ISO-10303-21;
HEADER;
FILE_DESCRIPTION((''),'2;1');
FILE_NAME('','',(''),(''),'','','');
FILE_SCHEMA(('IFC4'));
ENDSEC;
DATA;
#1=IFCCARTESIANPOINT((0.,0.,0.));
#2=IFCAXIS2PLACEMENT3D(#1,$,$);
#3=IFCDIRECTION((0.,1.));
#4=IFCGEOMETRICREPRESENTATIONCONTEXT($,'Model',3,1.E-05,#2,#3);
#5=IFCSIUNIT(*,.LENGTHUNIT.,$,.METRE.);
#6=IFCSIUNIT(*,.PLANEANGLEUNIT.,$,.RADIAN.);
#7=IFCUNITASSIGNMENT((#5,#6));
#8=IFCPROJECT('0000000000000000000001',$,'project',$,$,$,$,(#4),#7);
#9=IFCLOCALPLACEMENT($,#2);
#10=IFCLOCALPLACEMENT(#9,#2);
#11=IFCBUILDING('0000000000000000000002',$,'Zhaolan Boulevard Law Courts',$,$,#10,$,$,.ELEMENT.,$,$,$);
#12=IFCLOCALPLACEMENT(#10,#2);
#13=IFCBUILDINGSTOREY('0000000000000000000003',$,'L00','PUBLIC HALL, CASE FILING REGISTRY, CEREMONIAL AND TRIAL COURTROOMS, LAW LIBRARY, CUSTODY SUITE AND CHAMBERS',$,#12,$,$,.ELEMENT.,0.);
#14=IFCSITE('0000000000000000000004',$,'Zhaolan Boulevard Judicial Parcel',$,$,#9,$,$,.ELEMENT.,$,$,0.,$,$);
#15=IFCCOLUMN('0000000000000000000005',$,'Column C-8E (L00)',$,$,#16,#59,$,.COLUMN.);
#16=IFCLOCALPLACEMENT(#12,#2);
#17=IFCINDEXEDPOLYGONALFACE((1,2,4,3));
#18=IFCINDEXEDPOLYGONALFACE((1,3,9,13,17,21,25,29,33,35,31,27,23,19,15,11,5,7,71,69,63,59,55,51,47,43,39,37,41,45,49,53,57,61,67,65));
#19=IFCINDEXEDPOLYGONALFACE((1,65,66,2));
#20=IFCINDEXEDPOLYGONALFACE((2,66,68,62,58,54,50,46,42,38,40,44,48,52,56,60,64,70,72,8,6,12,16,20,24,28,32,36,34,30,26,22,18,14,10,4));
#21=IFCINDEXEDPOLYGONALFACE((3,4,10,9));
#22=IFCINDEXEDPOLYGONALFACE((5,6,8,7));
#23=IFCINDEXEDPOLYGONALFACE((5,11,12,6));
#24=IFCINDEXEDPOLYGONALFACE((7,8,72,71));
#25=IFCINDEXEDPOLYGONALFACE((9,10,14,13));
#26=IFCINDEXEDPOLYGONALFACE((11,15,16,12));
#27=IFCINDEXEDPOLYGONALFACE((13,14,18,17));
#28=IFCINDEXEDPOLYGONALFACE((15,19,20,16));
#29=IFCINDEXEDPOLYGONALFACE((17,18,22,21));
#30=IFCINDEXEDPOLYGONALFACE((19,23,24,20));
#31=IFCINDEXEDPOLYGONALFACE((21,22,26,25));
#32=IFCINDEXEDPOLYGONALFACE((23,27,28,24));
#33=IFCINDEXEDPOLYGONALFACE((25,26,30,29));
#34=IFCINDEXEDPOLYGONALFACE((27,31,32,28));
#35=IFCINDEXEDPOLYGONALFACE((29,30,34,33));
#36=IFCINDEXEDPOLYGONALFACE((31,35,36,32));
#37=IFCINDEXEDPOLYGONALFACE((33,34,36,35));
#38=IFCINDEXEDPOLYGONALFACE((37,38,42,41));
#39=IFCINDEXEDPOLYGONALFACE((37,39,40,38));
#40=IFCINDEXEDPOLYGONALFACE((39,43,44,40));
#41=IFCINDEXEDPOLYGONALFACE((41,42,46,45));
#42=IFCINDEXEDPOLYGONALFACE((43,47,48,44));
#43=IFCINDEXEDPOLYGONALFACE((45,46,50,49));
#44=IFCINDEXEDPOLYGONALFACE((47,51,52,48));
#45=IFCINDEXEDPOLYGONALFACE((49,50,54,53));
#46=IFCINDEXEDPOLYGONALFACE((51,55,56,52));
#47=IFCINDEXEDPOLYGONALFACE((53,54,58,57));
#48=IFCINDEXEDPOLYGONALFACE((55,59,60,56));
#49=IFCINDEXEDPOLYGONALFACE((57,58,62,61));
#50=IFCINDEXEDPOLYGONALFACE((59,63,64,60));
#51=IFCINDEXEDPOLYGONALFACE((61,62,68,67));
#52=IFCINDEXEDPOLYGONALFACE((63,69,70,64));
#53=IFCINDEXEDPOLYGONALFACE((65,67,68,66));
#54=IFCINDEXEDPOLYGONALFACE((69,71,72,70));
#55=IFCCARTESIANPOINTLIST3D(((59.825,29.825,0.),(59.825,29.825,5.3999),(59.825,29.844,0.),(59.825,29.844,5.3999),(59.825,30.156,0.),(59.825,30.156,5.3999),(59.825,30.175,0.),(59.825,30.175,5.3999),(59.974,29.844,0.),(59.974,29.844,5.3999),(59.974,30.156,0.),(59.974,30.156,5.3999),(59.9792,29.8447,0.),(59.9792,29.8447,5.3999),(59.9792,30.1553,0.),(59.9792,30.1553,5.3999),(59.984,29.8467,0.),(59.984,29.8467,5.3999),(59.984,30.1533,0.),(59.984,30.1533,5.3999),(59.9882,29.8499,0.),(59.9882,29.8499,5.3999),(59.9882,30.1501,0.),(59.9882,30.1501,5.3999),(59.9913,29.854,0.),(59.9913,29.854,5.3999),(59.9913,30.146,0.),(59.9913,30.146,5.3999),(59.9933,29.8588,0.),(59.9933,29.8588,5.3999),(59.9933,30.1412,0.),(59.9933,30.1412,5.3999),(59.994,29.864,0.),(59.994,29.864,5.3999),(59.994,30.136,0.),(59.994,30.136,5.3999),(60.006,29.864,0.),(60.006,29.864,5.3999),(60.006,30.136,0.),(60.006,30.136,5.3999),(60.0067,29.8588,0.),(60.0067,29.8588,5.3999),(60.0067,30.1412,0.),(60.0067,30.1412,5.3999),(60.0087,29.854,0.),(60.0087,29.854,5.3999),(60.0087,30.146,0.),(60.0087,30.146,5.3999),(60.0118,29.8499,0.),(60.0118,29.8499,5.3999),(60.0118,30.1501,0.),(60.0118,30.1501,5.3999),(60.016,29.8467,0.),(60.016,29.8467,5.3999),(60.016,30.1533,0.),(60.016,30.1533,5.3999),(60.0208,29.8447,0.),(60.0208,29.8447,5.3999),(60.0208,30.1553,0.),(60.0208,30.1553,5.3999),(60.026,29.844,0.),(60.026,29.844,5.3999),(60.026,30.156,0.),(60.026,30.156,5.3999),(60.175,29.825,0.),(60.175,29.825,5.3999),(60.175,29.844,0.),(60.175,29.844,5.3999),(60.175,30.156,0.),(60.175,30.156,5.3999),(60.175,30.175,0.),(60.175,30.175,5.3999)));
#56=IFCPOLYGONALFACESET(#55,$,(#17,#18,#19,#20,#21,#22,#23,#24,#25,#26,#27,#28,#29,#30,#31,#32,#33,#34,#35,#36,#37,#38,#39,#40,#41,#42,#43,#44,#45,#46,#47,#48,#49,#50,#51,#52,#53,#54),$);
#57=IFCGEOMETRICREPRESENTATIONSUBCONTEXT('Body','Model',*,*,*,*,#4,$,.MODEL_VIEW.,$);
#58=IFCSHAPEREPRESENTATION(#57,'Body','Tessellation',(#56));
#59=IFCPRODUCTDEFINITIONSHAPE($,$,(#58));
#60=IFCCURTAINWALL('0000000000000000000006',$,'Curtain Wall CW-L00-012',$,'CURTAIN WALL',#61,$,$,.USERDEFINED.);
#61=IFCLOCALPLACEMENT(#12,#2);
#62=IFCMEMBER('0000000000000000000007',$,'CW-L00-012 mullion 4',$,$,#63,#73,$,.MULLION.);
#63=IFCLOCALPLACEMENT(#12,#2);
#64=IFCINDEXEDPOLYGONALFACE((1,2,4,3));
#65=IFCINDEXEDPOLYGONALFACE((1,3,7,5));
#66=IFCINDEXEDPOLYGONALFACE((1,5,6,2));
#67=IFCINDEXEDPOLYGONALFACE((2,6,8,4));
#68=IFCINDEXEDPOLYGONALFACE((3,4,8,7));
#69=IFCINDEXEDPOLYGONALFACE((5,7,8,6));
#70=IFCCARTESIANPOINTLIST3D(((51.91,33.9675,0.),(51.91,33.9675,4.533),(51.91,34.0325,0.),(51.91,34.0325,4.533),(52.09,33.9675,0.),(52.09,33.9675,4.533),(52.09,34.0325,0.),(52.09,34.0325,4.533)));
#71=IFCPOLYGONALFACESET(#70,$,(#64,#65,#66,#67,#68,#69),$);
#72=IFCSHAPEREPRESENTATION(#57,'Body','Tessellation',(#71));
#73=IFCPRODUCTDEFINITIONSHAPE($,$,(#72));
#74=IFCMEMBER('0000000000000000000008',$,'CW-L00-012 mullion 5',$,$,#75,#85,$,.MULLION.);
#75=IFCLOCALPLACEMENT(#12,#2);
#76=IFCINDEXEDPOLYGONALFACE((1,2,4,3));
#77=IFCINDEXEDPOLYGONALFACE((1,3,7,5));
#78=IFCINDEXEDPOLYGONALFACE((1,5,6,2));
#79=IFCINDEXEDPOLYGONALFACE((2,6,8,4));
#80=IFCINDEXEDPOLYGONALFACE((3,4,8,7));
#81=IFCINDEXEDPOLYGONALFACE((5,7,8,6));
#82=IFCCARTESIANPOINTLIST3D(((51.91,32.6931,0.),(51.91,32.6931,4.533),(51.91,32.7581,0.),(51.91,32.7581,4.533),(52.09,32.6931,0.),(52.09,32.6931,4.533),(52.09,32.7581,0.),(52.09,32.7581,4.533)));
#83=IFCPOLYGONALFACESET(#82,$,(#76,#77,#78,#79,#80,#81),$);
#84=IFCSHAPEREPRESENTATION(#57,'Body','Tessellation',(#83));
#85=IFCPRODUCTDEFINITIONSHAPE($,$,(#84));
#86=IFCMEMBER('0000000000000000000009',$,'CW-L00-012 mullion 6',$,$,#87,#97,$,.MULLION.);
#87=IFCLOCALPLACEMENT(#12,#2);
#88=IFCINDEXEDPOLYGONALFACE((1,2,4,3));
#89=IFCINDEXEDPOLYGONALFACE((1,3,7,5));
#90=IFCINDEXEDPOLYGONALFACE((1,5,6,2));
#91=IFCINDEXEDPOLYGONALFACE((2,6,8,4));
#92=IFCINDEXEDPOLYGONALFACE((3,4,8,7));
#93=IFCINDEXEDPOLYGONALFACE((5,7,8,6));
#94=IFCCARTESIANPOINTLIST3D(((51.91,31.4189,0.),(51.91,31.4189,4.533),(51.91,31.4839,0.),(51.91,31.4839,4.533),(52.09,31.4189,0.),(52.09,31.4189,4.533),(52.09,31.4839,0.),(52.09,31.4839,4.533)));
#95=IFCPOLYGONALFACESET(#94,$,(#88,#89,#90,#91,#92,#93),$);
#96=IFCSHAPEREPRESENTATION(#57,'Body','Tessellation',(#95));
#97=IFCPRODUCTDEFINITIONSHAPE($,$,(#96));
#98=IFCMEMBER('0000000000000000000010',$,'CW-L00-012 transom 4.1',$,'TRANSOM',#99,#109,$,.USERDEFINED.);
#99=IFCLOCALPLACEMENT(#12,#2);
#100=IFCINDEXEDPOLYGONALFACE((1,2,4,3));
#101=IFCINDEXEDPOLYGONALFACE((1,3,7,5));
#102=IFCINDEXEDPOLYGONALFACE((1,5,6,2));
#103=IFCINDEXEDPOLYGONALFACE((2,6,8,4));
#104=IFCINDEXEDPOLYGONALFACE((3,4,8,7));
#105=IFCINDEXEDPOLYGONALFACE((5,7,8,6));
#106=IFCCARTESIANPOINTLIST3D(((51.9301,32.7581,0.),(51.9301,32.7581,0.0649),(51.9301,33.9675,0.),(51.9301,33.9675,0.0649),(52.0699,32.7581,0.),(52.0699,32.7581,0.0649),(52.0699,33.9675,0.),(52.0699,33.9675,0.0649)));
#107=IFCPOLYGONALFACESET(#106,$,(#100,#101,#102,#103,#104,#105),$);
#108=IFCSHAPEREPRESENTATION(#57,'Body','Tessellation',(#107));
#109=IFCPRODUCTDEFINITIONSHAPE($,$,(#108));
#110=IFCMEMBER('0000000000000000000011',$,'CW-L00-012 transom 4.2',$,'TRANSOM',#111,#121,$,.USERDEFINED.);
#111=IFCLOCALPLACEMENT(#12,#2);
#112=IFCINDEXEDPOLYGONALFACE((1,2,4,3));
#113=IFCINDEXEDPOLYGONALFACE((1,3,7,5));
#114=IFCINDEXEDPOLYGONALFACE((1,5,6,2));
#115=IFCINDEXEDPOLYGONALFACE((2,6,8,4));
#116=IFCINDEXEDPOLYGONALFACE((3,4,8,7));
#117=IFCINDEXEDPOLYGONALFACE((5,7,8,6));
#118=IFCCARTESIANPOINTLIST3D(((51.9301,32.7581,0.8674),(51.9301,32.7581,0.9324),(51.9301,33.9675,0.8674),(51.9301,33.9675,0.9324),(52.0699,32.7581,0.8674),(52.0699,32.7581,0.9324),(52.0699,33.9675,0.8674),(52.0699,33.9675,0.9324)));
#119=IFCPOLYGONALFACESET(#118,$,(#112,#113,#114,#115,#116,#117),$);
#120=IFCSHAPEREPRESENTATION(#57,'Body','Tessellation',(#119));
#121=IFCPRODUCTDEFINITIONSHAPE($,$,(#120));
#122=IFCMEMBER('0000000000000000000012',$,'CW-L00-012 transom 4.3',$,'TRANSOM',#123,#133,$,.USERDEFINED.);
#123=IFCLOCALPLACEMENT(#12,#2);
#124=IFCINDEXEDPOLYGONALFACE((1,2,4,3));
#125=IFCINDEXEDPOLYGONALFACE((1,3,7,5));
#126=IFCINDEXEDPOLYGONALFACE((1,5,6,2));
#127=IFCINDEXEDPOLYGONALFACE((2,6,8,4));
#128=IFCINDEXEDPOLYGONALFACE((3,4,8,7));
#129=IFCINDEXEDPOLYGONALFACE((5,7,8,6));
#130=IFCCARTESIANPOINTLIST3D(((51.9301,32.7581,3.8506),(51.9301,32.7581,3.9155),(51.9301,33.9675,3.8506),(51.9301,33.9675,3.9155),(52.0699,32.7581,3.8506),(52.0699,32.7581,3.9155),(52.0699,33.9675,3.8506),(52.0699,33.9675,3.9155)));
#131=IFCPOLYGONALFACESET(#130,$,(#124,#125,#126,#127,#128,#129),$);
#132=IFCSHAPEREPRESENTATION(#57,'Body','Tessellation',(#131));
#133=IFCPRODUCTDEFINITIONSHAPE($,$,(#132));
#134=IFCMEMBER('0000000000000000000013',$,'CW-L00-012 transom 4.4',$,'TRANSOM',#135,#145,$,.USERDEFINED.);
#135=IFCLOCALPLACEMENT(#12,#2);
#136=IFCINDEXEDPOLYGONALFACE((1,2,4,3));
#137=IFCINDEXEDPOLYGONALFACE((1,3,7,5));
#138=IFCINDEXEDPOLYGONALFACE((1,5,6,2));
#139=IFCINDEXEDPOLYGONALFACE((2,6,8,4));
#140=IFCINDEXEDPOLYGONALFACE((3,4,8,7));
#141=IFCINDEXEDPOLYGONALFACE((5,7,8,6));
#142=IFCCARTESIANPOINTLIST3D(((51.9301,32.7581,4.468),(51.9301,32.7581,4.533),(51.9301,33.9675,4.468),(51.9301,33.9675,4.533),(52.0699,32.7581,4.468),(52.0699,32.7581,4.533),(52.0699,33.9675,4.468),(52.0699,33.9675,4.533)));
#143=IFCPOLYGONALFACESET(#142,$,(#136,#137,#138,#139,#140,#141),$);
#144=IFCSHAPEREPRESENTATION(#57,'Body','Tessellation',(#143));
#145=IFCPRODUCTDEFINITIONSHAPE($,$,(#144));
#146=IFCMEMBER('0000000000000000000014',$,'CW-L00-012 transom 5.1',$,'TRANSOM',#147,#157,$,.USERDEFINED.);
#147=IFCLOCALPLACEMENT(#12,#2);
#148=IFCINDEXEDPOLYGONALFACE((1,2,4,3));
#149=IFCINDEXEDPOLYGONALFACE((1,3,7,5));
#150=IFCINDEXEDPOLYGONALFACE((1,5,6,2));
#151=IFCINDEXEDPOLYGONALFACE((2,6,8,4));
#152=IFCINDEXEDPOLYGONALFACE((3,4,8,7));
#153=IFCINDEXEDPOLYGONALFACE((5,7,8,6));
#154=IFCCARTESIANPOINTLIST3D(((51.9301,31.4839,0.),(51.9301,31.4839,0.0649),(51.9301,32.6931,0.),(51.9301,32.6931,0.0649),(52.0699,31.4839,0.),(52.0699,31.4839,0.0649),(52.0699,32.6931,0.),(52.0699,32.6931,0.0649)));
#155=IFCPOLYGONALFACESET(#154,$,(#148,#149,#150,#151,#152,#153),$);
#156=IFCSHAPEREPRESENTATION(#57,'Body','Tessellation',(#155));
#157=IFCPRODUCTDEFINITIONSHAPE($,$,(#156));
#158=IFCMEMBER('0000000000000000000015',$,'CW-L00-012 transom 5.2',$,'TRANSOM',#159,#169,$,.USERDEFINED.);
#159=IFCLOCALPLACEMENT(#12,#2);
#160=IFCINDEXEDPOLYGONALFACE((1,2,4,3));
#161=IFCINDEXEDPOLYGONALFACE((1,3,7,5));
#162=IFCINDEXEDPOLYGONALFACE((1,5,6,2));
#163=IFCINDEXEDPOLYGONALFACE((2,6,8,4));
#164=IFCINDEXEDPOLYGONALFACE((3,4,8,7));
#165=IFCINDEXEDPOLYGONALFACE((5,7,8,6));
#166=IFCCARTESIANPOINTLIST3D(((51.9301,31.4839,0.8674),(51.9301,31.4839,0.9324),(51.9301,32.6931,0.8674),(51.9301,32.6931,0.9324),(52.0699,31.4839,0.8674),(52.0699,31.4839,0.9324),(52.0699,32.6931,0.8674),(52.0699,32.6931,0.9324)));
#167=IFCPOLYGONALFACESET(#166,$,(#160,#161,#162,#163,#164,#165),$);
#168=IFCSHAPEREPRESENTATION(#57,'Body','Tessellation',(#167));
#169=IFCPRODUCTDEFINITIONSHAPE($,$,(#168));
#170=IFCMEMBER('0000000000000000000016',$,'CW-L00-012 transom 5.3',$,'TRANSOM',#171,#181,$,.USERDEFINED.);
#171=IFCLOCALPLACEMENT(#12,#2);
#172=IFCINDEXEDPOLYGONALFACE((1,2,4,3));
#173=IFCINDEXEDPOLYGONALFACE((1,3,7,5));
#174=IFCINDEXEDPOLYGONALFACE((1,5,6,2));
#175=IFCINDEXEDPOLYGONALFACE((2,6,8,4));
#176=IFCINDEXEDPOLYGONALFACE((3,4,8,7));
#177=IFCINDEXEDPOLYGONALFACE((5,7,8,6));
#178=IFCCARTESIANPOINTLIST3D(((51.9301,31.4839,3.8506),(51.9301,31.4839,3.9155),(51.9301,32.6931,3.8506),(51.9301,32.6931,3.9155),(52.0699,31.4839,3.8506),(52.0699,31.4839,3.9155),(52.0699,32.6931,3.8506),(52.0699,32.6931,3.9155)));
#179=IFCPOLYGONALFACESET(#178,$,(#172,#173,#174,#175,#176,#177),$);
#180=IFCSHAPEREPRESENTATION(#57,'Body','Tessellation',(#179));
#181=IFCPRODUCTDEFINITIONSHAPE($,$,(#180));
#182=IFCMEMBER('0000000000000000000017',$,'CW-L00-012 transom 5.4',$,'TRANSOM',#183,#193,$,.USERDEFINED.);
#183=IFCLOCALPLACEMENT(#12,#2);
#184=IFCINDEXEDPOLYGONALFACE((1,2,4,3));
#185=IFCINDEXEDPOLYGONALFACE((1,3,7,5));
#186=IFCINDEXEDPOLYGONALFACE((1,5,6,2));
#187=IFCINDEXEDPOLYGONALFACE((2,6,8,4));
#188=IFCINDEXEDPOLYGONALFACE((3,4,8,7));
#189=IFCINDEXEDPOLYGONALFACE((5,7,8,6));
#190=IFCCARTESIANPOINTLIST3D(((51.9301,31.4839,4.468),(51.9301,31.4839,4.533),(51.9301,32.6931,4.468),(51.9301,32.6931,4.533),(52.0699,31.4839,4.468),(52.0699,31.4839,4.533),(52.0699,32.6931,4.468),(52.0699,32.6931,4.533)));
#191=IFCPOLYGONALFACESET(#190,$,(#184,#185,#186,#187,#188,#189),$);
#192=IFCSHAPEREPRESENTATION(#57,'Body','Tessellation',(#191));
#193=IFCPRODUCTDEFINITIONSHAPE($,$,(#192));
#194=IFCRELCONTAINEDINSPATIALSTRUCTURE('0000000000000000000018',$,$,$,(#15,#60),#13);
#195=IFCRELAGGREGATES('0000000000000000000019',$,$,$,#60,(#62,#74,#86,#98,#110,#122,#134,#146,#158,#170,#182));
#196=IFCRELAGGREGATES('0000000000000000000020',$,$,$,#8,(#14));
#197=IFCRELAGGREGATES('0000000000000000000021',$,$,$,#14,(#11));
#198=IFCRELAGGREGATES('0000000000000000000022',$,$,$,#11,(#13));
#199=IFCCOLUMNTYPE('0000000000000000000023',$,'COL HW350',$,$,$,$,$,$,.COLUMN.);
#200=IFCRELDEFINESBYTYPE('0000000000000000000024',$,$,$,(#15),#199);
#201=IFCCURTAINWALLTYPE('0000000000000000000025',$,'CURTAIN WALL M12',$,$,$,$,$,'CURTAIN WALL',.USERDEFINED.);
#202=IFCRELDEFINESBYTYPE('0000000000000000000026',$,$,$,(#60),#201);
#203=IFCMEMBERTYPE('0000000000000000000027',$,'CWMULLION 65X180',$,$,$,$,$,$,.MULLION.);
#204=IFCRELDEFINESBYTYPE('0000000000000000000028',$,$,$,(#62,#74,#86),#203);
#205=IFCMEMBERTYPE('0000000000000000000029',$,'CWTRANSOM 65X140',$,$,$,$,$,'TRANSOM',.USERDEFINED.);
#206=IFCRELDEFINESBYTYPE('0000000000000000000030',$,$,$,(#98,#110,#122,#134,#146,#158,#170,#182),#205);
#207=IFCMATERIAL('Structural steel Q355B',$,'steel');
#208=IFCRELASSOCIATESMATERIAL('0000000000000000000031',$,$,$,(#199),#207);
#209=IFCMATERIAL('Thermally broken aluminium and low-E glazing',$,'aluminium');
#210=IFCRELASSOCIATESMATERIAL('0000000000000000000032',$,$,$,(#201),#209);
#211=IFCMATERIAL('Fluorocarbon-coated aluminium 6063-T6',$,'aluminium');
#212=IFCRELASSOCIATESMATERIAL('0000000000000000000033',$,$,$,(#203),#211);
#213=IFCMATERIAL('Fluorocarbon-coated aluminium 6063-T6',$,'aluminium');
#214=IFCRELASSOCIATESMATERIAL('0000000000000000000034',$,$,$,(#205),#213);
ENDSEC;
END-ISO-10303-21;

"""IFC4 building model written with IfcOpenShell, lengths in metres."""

from ifc_helpers import new_model, si_unit, direction, frame, origin, origin_2d, place, context, subcontext, project, spatial, rectangle, i_section, extrude, material, material_profile, profile_set, type_object, element, aggregate, save


model = new_model("IFC4")

# Units and contexts
model_context = context("Model", 3, precision=1e-05, world=origin(), true_north=direction((0.0, 1.0)))
body_context = subcontext(model_context, "Body", "Model", "MODEL_VIEW")
ifc_project = project(units=[si_unit("LENGTHUNIT", "METRE"), si_unit("PLANEANGLEUNIT", "RADIAN")], contexts=[model_context])

# Site, building, storey
site_placement = place(None, origin())
site = spatial("IfcSite", under=ifc_project, at=site_placement, Name="Zhaolan Boulevard Judicial Parcel", CompositionType="ELEMENT", RefElevation=0.0)
building_placement = place(site_placement, origin())
building = spatial("IfcBuilding", under=site, at=building_placement, Name="Zhaolan Boulevard Law Courts", CompositionType="ELEMENT")
storey_placement = place(building_placement, origin())
storey = spatial("IfcBuildingStorey", under=building, at=storey_placement, Name="L00", Description="PUBLIC HALL, CASE FILING REGISTRY, CEREMONIAL AND TRIAL COURTROOMS, LAW LIBRARY, CUSTODY SUITE AND CHAMBERS", CompositionType="ELEMENT", Elevation=0.0)

# Column
ifc_material_1 = material(Name="Structural steel Q355B", Category="steel")
ifc_material_profile_1 = material_profile(ifc_material_1, i_section(OverallWidth=0.3501, OverallDepth=0.3501, WebThickness=0.012, FlangeThickness=0.019, FilletRadius=0.02, at=origin_2d()), Name="HW350x350")
ifc_profile_set_1 = profile_set([ifc_material_profile_1], Name="Structural steel Q355B")
column_type = type_object("IfcColumnType", Name="COL HW350", PredefinedType="COLUMN", material=ifc_profile_set_1)
column_placement = place(storey_placement, frame((60.0, 30.0, 0.0), z_axis=(0.0, 0.0, 1.0), x_axis=(1.0, 0.0, 0.0)))
element("IfcColumn", 1, at=column_placement, inside=storey, type_object=column_type, Name="Column C-8E (L00)", PredefinedType="COLUMN", context=body_context, shape_type="SweptSolid", body=[
    extrude(i_section(OverallWidth=0.3501, OverallDepth=0.3501, WebThickness=0.012, FlangeThickness=0.019, FilletRadius=0.02, at=origin_2d()), origin(), (0.0, 0.0, 1.0), 5.3999),
])

# Curtain wall, members
ifc_material_2 = material(Name="Thermally broken aluminium and low-E glazing", Category="aluminium")
curtain_wall_type = type_object("IfcCurtainWallType", Name="CURTAIN WALL M12", ElementType="CURTAIN WALL", PredefinedType="USERDEFINED", material=ifc_material_2)
curtain_wall_placement = place(storey_placement, origin())
curtain_wall = element("IfcCurtainWall", 2, at=curtain_wall_placement, inside=storey, type_object=curtain_wall_type, Name="Curtain Wall CW-L00-012", ObjectType="CURTAIN WALL", PredefinedType="USERDEFINED")
ifc_material_3 = material(Name="Fluorocarbon-coated aluminium 6063-T6", Category="aluminium")
ifc_material_profile_2 = material_profile(ifc_material_3, rectangle(XDim=0.1799, YDim=0.0649, at=origin_2d()), Name="AL65x180")
ifc_profile_set_2 = profile_set([ifc_material_profile_2], Name="Fluorocarbon-coated aluminium 6063-T6")
member_type_1 = type_object("IfcMemberType", Name="CWMULLION 65X180", PredefinedType="MULLION", material=ifc_profile_set_2)
member_1_placement = place(storey_placement, frame((52.0, 34.0, 0.0), z_axis=(0.0, 0.0, 1.0), x_axis=(1.0, 0.0, 0.0)))
member_1 = element("IfcMember", 3, at=member_1_placement, type_object=member_type_1, Name="CW-L00-012 mullion 4", PredefinedType="MULLION", context=body_context, shape_type="SweptSolid", body=[
    extrude(rectangle(XDim=0.1799, YDim=0.0649, at=origin_2d()), origin(), (0.0, 0.0, 1.0), 4.533),
])
member_2_placement = place(storey_placement, frame((52.0, 32.7256, 0.0), z_axis=(0.0, 0.0, 1.0), x_axis=(1.0, 0.0, 0.0)))
member_2 = element("IfcMember", 4, at=member_2_placement, type_object=member_type_1, Name="CW-L00-012 mullion 5", PredefinedType="MULLION", context=body_context, shape_type="SweptSolid", body=[
    extrude(rectangle(XDim=0.1799, YDim=0.0649, at=origin_2d()), origin(), (0.0, 0.0, 1.0), 4.533),
])
member_3_placement = place(storey_placement, frame((52.0, 31.4514, 0.0), z_axis=(0.0, 0.0, 1.0), x_axis=(1.0, 0.0, 0.0)))
member_3 = element("IfcMember", 5, at=member_3_placement, type_object=member_type_1, Name="CW-L00-012 mullion 6", PredefinedType="MULLION", context=body_context, shape_type="SweptSolid", body=[
    extrude(rectangle(XDim=0.1799, YDim=0.0649, at=origin_2d()), origin(), (0.0, 0.0, 1.0), 4.533),
])
ifc_material_4 = material(Name="Fluorocarbon-coated aluminium 6063-T6", Category="aluminium")
ifc_material_profile_3 = material_profile(ifc_material_4, rectangle(XDim=0.1399, YDim=0.0649, at=origin_2d()), Name="AL65x140")
ifc_profile_set_3 = profile_set([ifc_material_profile_3], Name="Fluorocarbon-coated aluminium 6063-T6")
member_type_2 = type_object("IfcMemberType", Name="CWTRANSOM 65X140", ElementType="TRANSOM", PredefinedType="USERDEFINED", material=ifc_profile_set_3)
member_4_placement = place(storey_placement, frame((52.0, 33.9675, 0.0325), z_axis=(0.0, -1.0, 0.0), x_axis=(1.0, 0.0, 0.0)))
member_4 = element("IfcMember", 6, at=member_4_placement, type_object=member_type_2, Name="CW-L00-012 transom 4.1", ObjectType="TRANSOM", PredefinedType="USERDEFINED", context=body_context, shape_type="SweptSolid", body=[
    extrude(rectangle(XDim=0.1399, YDim=0.0649, at=origin_2d()), origin(), (0.0, 0.0, 1.0), 1.2095),
])
member_5_placement = place(storey_placement, frame((52.0, 33.9675, 0.8999), z_axis=(0.0, -1.0, 0.0), x_axis=(1.0, 0.0, 0.0)))
member_5 = element("IfcMember", 7, at=member_5_placement, type_object=member_type_2, Name="CW-L00-012 transom 4.2", ObjectType="TRANSOM", PredefinedType="USERDEFINED", context=body_context, shape_type="SweptSolid", body=[
    extrude(rectangle(XDim=0.1399, YDim=0.0649, at=origin_2d()), origin(), (0.0, 0.0, 1.0), 1.2095),
])
member_6_placement = place(storey_placement, frame((52.0, 33.9675, 3.8831), z_axis=(0.0, -1.0, 0.0), x_axis=(1.0, 0.0, 0.0)))
member_6 = element("IfcMember", 8, at=member_6_placement, type_object=member_type_2, Name="CW-L00-012 transom 4.3", ObjectType="TRANSOM", PredefinedType="USERDEFINED", context=body_context, shape_type="SweptSolid", body=[
    extrude(rectangle(XDim=0.1399, YDim=0.0649, at=origin_2d()), origin(), (0.0, 0.0, 1.0), 1.2095),
])
member_7_placement = place(storey_placement, frame((52.0, 33.9675, 4.5005), z_axis=(0.0, -1.0, 0.0), x_axis=(1.0, 0.0, 0.0)))
member_7 = element("IfcMember", 9, at=member_7_placement, type_object=member_type_2, Name="CW-L00-012 transom 4.4", ObjectType="TRANSOM", PredefinedType="USERDEFINED", context=body_context, shape_type="SweptSolid", body=[
    extrude(rectangle(XDim=0.1399, YDim=0.0649, at=origin_2d()), origin(), (0.0, 0.0, 1.0), 1.2095),
])
member_8_placement = place(storey_placement, frame((52.0, 32.6931, 0.0325), z_axis=(0.0, -1.0, 0.0), x_axis=(1.0, 0.0, 0.0)))
member_8 = element("IfcMember", 10, at=member_8_placement, type_object=member_type_2, Name="CW-L00-012 transom 5.1", ObjectType="TRANSOM", PredefinedType="USERDEFINED", context=body_context, shape_type="SweptSolid", body=[
    extrude(rectangle(XDim=0.1399, YDim=0.0649, at=origin_2d()), origin(), (0.0, 0.0, 1.0), 1.2092),
])
member_9_placement = place(storey_placement, frame((52.0, 32.6931, 0.8999), z_axis=(0.0, -1.0, 0.0), x_axis=(1.0, 0.0, 0.0)))
member_9 = element("IfcMember", 11, at=member_9_placement, type_object=member_type_2, Name="CW-L00-012 transom 5.2", ObjectType="TRANSOM", PredefinedType="USERDEFINED", context=body_context, shape_type="SweptSolid", body=[
    extrude(rectangle(XDim=0.1399, YDim=0.0649, at=origin_2d()), origin(), (0.0, 0.0, 1.0), 1.2092),
])
member_10_placement = place(storey_placement, frame((52.0, 32.6931, 3.8831), z_axis=(0.0, -1.0, 0.0), x_axis=(1.0, 0.0, 0.0)))
member_10 = element("IfcMember", 12, at=member_10_placement, type_object=member_type_2, Name="CW-L00-012 transom 5.3", ObjectType="TRANSOM", PredefinedType="USERDEFINED", context=body_context, shape_type="SweptSolid", body=[
    extrude(rectangle(XDim=0.1399, YDim=0.0649, at=origin_2d()), origin(), (0.0, 0.0, 1.0), 1.2092),
])
member_11_placement = place(storey_placement, frame((52.0, 32.6931, 4.5005), z_axis=(0.0, -1.0, 0.0), x_axis=(1.0, 0.0, 0.0)))
member_11 = element("IfcMember", 13, at=member_11_placement, type_object=member_type_2, Name="CW-L00-012 transom 5.4", ObjectType="TRANSOM", PredefinedType="USERDEFINED", context=body_context, shape_type="SweptSolid", body=[
    extrude(rectangle(XDim=0.1399, YDim=0.0649, at=origin_2d()), origin(), (0.0, 0.0, 1.0), 1.2092),
])

aggregate(curtain_wall, [member_1, member_2, member_3, member_4, member_5, member_6, member_7, member_8, member_9, member_10, member_11])

save(model, "model.ifc")
